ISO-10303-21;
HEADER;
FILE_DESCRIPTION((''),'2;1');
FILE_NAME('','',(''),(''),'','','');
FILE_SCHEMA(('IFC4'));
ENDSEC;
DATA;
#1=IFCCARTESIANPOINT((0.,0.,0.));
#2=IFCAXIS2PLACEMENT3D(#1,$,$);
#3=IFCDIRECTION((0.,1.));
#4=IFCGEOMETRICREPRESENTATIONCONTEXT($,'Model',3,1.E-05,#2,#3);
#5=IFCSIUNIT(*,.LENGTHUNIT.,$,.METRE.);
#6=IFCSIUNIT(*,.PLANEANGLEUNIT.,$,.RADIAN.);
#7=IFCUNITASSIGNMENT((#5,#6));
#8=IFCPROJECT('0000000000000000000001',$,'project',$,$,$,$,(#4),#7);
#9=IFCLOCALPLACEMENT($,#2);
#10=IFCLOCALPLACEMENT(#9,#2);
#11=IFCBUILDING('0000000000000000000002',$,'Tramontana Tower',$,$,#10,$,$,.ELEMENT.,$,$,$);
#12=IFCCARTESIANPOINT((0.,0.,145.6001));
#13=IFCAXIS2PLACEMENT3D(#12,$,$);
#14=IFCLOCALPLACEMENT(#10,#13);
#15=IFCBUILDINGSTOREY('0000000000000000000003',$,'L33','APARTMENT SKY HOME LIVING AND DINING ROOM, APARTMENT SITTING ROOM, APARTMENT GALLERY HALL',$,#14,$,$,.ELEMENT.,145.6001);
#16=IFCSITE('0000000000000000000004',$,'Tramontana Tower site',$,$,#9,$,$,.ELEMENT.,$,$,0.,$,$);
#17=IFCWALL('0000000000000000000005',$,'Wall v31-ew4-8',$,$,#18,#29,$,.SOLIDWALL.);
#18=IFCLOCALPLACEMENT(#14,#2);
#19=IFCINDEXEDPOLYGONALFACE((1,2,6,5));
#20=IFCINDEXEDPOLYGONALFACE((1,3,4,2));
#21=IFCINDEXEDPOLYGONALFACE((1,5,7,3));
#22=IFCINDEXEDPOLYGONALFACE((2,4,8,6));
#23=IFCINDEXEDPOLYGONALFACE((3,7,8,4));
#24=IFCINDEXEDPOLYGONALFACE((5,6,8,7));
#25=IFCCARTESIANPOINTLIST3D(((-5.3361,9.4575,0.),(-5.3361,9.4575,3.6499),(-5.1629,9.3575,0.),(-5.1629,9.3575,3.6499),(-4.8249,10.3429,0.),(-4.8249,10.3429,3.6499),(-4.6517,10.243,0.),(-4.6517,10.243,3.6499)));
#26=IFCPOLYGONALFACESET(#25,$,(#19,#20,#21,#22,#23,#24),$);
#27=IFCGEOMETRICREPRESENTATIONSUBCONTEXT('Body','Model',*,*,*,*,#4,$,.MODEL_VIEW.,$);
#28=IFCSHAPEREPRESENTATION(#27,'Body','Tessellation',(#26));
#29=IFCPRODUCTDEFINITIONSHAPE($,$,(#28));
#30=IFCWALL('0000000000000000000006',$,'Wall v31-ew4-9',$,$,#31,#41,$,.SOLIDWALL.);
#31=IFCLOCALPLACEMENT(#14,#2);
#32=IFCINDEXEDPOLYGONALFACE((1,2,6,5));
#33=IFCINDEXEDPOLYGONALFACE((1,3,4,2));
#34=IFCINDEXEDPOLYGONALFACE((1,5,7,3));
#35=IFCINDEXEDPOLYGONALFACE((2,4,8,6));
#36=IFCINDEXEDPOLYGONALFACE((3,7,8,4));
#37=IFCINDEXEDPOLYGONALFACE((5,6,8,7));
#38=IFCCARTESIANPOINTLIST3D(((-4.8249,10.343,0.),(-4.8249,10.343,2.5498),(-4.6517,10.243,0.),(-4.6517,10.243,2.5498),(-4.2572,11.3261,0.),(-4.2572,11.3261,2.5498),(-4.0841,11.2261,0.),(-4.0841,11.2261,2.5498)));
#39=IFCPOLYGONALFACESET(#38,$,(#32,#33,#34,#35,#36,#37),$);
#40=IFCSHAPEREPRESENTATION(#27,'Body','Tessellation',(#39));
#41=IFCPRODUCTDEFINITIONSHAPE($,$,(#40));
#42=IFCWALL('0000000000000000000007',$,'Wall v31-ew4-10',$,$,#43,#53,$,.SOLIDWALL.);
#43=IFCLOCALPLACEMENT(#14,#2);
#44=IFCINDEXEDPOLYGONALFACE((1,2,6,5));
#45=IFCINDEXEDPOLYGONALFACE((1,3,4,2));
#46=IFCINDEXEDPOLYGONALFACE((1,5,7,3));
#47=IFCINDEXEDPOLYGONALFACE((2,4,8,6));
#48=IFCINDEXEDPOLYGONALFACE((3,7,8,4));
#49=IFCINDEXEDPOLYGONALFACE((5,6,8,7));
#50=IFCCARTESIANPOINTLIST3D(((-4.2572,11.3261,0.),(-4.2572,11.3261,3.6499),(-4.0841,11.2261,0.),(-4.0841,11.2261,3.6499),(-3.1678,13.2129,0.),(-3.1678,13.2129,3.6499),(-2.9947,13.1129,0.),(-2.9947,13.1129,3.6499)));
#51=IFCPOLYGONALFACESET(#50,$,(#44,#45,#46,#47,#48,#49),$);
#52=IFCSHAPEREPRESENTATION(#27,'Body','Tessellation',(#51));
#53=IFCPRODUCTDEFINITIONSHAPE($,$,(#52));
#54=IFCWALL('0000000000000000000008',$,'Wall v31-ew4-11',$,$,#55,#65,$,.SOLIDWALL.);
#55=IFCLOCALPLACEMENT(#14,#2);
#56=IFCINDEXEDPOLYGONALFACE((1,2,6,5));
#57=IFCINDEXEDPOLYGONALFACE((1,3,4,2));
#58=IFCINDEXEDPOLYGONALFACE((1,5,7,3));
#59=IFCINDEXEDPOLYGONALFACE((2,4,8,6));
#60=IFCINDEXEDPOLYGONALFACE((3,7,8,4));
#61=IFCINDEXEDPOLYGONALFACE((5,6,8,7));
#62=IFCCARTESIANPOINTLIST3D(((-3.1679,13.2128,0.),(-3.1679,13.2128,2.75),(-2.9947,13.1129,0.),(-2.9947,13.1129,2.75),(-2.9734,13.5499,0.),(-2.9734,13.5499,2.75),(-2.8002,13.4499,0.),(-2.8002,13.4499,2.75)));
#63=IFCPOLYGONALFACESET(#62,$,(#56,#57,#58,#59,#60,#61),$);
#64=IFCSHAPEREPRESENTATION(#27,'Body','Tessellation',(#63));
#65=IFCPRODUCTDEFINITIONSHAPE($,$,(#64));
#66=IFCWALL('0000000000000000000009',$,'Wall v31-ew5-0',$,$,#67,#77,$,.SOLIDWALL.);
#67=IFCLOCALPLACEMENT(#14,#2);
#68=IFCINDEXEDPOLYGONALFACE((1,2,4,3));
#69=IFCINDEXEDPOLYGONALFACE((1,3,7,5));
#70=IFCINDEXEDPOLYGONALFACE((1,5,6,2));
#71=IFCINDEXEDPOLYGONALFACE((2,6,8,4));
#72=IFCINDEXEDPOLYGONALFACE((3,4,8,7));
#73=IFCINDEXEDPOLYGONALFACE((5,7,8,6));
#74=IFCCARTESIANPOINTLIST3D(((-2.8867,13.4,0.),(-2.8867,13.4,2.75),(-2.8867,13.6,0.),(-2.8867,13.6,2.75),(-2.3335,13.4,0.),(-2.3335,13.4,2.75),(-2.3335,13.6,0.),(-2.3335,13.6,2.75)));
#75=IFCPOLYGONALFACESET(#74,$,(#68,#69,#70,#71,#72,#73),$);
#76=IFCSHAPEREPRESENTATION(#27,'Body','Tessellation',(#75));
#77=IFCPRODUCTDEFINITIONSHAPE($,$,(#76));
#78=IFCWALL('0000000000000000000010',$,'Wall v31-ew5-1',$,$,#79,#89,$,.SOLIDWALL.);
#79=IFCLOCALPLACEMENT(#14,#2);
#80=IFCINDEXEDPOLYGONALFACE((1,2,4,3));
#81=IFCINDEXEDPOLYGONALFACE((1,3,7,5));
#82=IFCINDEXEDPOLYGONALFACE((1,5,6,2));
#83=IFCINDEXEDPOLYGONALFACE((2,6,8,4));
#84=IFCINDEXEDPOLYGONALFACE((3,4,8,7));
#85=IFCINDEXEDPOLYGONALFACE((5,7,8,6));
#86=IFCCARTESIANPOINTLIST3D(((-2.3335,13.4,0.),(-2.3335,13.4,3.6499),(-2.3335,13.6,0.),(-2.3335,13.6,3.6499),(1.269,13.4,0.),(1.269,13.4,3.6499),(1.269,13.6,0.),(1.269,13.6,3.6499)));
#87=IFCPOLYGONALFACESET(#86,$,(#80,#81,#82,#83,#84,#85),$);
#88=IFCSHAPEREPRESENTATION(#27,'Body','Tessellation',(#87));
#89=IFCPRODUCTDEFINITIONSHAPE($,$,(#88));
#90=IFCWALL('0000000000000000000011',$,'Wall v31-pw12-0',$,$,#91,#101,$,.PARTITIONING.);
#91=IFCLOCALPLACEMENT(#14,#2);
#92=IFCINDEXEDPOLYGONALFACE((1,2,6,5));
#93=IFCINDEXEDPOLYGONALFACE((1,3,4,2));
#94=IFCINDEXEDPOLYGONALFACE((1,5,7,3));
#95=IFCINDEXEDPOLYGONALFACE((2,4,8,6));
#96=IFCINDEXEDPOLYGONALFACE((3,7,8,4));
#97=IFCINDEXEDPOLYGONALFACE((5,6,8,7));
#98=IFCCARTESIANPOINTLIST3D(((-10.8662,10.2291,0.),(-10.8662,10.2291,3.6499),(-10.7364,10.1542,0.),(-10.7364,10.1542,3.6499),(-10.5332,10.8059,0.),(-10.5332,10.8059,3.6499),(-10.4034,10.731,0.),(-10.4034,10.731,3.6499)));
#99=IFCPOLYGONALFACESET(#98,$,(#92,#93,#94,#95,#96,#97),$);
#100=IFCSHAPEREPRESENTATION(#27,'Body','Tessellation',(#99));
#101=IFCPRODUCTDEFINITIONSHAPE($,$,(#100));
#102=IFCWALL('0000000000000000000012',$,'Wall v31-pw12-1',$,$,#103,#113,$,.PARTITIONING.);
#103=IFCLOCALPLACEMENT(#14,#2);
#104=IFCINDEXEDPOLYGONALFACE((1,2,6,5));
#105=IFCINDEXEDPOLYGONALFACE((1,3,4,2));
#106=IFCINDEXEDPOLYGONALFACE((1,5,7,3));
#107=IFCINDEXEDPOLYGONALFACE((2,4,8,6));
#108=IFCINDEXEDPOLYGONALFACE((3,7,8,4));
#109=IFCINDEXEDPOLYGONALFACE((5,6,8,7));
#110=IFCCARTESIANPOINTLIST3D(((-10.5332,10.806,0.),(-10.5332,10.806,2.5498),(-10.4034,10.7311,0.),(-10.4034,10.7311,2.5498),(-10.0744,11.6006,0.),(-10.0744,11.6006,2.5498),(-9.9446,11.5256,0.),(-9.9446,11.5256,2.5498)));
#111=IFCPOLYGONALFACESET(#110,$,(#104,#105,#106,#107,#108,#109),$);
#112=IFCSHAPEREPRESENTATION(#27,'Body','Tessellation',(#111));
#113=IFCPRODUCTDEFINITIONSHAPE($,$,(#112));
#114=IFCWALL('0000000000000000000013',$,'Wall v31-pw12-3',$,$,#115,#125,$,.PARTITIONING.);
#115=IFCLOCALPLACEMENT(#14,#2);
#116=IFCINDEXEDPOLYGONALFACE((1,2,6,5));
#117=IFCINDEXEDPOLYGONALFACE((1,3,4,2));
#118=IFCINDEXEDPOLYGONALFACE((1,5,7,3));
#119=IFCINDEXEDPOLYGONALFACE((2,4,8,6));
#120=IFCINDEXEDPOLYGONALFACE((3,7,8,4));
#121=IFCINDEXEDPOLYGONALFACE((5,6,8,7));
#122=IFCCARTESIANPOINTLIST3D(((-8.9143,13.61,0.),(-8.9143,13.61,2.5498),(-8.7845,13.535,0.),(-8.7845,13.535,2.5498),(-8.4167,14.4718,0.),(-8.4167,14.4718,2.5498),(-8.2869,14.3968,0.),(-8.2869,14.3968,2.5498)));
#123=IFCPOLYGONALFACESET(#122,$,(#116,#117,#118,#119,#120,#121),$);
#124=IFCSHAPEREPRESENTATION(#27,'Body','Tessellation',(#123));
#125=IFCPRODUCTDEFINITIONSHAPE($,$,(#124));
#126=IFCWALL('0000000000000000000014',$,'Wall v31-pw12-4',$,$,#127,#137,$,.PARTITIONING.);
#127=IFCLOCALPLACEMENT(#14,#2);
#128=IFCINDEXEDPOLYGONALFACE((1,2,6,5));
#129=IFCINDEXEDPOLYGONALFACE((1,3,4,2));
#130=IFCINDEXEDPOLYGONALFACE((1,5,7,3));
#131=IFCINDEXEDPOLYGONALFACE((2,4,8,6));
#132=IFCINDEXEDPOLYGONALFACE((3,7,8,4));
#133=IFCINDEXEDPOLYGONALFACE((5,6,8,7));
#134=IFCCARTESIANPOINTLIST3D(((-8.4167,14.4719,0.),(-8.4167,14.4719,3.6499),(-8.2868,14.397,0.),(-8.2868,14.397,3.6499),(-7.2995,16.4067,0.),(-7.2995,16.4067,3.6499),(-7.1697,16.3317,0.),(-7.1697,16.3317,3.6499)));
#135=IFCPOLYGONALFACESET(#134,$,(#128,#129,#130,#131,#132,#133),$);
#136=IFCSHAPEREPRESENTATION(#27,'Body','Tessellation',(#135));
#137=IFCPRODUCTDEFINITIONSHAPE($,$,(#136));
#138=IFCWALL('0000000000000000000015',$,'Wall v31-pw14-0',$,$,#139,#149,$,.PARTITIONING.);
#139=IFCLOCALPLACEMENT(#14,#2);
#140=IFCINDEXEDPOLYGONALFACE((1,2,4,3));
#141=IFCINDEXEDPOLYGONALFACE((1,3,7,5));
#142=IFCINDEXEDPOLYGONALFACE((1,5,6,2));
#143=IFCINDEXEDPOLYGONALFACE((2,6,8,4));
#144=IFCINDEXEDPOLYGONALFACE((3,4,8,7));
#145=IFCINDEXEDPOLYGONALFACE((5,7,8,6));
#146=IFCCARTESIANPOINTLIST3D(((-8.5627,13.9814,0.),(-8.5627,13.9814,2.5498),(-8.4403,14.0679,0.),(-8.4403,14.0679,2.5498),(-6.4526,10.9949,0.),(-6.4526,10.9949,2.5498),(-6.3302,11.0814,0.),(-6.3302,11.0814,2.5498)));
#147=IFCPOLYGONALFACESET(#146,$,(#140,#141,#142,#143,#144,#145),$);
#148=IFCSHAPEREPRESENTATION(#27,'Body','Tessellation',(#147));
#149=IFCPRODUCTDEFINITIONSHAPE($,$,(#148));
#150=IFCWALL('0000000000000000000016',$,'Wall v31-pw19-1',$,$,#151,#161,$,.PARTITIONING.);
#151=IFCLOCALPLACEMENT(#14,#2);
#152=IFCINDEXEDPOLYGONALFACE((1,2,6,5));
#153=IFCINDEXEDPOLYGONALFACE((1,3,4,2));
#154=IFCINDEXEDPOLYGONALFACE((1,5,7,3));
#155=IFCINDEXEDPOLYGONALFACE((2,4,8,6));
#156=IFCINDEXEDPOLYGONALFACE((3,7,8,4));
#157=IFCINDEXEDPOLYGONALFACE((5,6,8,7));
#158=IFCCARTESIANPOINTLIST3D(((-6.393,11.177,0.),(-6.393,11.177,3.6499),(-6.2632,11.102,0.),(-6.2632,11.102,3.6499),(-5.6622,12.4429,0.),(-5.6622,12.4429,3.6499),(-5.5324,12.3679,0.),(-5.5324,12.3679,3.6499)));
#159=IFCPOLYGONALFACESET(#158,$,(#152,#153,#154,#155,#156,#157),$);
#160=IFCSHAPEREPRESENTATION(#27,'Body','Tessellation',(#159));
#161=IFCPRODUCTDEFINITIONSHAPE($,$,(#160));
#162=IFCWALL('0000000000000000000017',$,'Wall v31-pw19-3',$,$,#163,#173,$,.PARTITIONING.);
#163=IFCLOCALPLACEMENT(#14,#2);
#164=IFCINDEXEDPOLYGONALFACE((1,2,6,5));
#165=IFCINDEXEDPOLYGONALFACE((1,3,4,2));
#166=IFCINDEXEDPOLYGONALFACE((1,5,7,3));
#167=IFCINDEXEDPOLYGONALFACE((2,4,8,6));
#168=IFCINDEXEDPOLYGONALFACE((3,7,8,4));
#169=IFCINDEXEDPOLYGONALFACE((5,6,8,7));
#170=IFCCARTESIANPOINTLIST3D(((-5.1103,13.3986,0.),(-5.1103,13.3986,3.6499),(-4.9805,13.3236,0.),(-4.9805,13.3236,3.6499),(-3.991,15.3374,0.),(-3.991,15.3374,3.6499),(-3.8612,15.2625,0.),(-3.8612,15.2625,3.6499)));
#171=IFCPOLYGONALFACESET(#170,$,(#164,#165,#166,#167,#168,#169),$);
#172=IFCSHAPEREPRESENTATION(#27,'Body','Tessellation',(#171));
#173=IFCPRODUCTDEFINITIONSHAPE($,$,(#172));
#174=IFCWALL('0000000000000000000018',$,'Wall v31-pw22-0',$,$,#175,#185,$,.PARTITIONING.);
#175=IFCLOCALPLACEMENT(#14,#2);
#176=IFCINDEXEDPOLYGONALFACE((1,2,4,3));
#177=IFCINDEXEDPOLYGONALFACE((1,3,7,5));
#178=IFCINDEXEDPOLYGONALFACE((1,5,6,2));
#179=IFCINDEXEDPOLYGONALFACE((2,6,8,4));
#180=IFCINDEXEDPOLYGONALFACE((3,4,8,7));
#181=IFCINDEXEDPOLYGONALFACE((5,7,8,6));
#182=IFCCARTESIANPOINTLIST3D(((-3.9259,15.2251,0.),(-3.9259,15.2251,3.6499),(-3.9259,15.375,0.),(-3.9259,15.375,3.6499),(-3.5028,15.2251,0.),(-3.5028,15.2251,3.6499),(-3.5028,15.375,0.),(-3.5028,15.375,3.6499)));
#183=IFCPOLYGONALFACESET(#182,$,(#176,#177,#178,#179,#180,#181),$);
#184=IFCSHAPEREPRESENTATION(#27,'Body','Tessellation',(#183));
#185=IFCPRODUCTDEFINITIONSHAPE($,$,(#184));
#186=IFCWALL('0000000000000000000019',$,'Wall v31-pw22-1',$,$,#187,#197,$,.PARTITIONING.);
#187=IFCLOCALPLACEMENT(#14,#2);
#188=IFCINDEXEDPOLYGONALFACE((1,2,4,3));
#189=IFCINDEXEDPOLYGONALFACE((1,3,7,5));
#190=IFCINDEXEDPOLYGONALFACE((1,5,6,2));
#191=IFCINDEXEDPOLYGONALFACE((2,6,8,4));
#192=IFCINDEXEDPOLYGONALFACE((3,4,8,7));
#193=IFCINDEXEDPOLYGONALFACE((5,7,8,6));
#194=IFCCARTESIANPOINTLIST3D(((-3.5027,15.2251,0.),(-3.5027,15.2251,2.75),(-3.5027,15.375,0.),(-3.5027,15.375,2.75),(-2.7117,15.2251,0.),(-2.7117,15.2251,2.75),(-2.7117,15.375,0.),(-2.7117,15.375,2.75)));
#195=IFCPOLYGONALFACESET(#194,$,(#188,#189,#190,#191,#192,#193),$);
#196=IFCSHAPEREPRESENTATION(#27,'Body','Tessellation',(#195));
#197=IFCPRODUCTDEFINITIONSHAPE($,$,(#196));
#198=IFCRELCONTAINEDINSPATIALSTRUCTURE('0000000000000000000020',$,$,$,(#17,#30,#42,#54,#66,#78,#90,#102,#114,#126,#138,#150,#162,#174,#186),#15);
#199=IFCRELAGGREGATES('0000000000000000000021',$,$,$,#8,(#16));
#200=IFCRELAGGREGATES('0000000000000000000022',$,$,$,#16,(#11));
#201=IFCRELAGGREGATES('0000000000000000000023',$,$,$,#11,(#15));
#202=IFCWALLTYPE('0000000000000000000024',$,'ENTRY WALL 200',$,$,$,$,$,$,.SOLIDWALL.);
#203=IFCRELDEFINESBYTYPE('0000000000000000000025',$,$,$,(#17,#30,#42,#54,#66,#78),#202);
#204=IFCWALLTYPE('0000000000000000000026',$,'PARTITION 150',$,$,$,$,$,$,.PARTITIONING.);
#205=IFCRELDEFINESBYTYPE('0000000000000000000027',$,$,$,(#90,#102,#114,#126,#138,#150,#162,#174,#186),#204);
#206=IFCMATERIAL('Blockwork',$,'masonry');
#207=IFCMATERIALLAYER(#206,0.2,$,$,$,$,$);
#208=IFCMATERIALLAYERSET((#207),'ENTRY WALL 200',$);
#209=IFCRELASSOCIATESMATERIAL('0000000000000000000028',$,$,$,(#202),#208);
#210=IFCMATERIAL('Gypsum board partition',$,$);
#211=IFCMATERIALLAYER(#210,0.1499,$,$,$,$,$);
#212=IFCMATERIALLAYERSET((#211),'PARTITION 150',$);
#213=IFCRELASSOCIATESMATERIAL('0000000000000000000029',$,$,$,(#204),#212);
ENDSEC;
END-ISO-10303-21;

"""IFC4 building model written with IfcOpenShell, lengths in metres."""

from ifc_helpers import new_model, si_unit, direction, frame, frame_2d, origin, place, context, subcontext, project, spatial, rectangle, extrude, material, layer, layer_set, type_object, element, save


model = new_model("IFC4")

# Units and contexts
model_context = context("Model", 3, precision=1e-05, world=origin(), true_north=direction((0.0, 1.0)))
body_context = subcontext(model_context, "Body", "Model", "MODEL_VIEW")
ifc_project = project(units=[si_unit("LENGTHUNIT", "METRE"), si_unit("PLANEANGLEUNIT", "RADIAN")], contexts=[model_context])

# Site, building, storey
site_placement = place(None, origin())
site = spatial("IfcSite", under=ifc_project, at=site_placement, Name="Tramontana Tower site", CompositionType="ELEMENT", RefElevation=0.0)
building_placement = place(site_placement, origin())
building = spatial("IfcBuilding", under=site, at=building_placement, Name="Tramontana Tower", CompositionType="ELEMENT")
storey_placement = place(building_placement, frame((0.0, 0.0, 145.6001)))
storey = spatial("IfcBuildingStorey", under=building, at=storey_placement, Name="L33", Description="APARTMENT SKY HOME LIVING AND DINING ROOM, APARTMENT SITTING ROOM, APARTMENT GALLERY HALL", CompositionType="ELEMENT", Elevation=145.6001)

# Walls
ifc_material_1 = material(Name="Blockwork", Category="masonry")
ifc_layer_1 = layer(ifc_material_1, 0.2)
ifc_layer_set_1 = layer_set([ifc_layer_1], Name="ENTRY WALL 200")
wall_type_1 = type_object("IfcWallType", Name="ENTRY WALL 200", PredefinedType="SOLIDWALL", material=ifc_layer_set_1)
wall_1_placement = place(storey_placement, frame((-5.2495, 9.4075, 0.0), z_axis=(0.0, 0.0, 1.0), x_axis=(0.499991, 0.866031, 0.0)))
element("IfcWall", 1, at=wall_1_placement, inside=storey, type_object=wall_type_1, Name="Wall v31-ew4-8", PredefinedType="SOLIDWALL", context=body_context, shape_type="SweptSolid", body=[
    extrude(rectangle(XDim=1.0225, YDim=0.2, at=frame_2d((0.5112, 0.0))), origin(), (0.0, 0.0, 1.0), 3.6499),
])
wall_2_placement = place(storey_placement, frame((-4.7383, 10.293, 0.0), z_axis=(0.0, 0.0, 1.0), x_axis=(0.500002, 0.866024, 0.0)))
element("IfcWall", 2, at=wall_2_placement, inside=storey, type_object=wall_type_1, Name="Wall v31-ew4-9", PredefinedType="SOLIDWALL", context=body_context, shape_type="SweptSolid", body=[
    extrude(rectangle(XDim=1.1353, YDim=0.2, at=frame_2d((0.5676, 0.0))), origin(), (0.0, 0.0, 1.0), 2.5498),
])
wall_3_placement = place(storey_placement, frame((-4.1707, 11.2761, 0.0), z_axis=(0.0, 0.0, 1.0), x_axis=(0.50002, 0.866014, 0.0)))
element("IfcWall", 3, at=wall_3_placement, inside=storey, type_object=wall_type_1, Name="Wall v31-ew4-10", PredefinedType="SOLIDWALL", context=body_context, shape_type="SweptSolid", body=[
    extrude(rectangle(XDim=2.1787, YDim=0.2, at=frame_2d((1.0894, 0.0))), origin(), (0.0, 0.0, 1.0), 3.6499),
])
wall_4_placement = place(storey_placement, frame((-3.0813, 13.1628, 0.0), z_axis=(0.0, 0.0, 1.0), x_axis=(0.499849, 0.866112, 0.0)))
element("IfcWall", 4, at=wall_4_placement, inside=storey, type_object=wall_type_1, Name="Wall v31-ew4-11", PredefinedType="SOLIDWALL", context=body_context, shape_type="SweptSolid", body=[
    extrude(rectangle(XDim=0.3892, YDim=0.2, at=frame_2d((0.1946, 0.0))), origin(), (0.0, 0.0, 1.0), 2.75),
])
wall_5_placement = place(storey_placement, frame((-2.8867, 13.5, 0.0), z_axis=(0.0, 0.0, 1.0), x_axis=(1.0, 0.0, 0.0)))
element("IfcWall", 5, at=wall_5_placement, inside=storey, type_object=wall_type_1, Name="Wall v31-ew5-0", PredefinedType="SOLIDWALL", context=body_context, shape_type="SweptSolid", body=[
    extrude(rectangle(XDim=0.5532, YDim=0.2, at=frame_2d((0.2766, 0.0))), origin(), (0.0, 0.0, 1.0), 2.75),
])
wall_6_placement = place(storey_placement, frame((-2.3335, 13.5, 0.0), z_axis=(0.0, 0.0, 1.0), x_axis=(1.0, 0.0, 0.0)))
element("IfcWall", 6, at=wall_6_placement, inside=storey, type_object=wall_type_1, Name="Wall v31-ew5-1", PredefinedType="SOLIDWALL", context=body_context, shape_type="SweptSolid", body=[
    extrude(rectangle(XDim=3.6025, YDim=0.2, at=frame_2d((1.8013, 0.0))), origin(), (0.0, 0.0, 1.0), 3.6499),
])
ifc_material_2 = material(Name="Gypsum board partition")
ifc_layer_2 = layer(ifc_material_2, 0.1499)
ifc_layer_set_2 = layer_set([ifc_layer_2], Name="PARTITION 150")
wall_type_2 = type_object("IfcWallType", Name="PARTITION 150", PredefinedType="PARTITIONING", material=ifc_layer_set_2)
wall_7_placement = place(storey_placement, frame((-10.8013, 10.1917, 0.0), z_axis=(0.0, 0.0, 1.0), x_axis=(0.499923, 0.86607, 0.0)))
element("IfcWall", 7, at=wall_7_placement, inside=storey, type_object=wall_type_2, Name="Wall v31-pw12-0", PredefinedType="PARTITIONING", context=body_context, shape_type="SweptSolid", body=[
    extrude(rectangle(XDim=0.666, YDim=0.1499, at=frame_2d((0.333, 0.0))), origin(), (0.0, 0.0, 1.0), 3.6499),
])
wall_8_placement = place(storey_placement, frame((-10.4683, 10.7686, 0.0), z_axis=(0.0, 0.0, 1.0), x_axis=(0.50006, 0.865991, 0.0)))
element("IfcWall", 8, at=wall_8_placement, inside=storey, type_object=wall_type_2, Name="Wall v31-pw12-1", PredefinedType="PARTITIONING", context=body_context, shape_type="SweptSolid", body=[
    extrude(rectangle(XDim=0.9175, YDim=0.1499, at=frame_2d((0.4587, 0.0))), origin(), (0.0, 0.0, 1.0), 2.5498),
])

# Walls
wall_9_placement = place(storey_placement, frame((-8.8494, 13.5725, 0.0), z_axis=(0.0, 0.0, 1.0), x_axis=(0.499991, 0.86603, 0.0)))
element("IfcWall", 9, at=wall_9_placement, inside=storey, type_object=wall_type_2, Name="Wall v31-pw12-3", PredefinedType="PARTITIONING", context=body_context, shape_type="SweptSolid", body=[
    extrude(rectangle(XDim=0.9951, YDim=0.1499, at=frame_2d((0.4976, 0.0))), origin(), (0.0, 0.0, 1.0), 2.5498),
])
wall_10_placement = place(storey_placement, frame((-8.3518, 14.4343, 0.0), z_axis=(0.0, 0.0, 1.0), x_axis=(0.500041, 0.866002, 0.0)))
element("IfcWall", 10, at=wall_10_placement, inside=storey, type_object=wall_type_2, Name="Wall v31-pw12-4", PredefinedType="PARTITIONING", context=body_context, shape_type="SweptSolid", body=[
    extrude(rectangle(XDim=2.2341, YDim=0.1499, at=frame_2d((1.1172, 0.0))), origin(), (0.0, 0.0, 1.0), 3.6499),
])
wall_11_placement = place(storey_placement, frame((-8.5015, 14.0247, 0.0), z_axis=(0.0, 0.0, 1.0), x_axis=(0.577037, -0.816718, 0.0)))
element("IfcWall", 11, at=wall_11_placement, inside=storey, type_object=wall_type_2, Name="Wall v31-pw14-0", PredefinedType="PARTITIONING", context=body_context, shape_type="SweptSolid", body=[
    extrude(rectangle(XDim=3.6567, YDim=0.1499, at=frame_2d((1.8284, 0.0))), origin(), (0.0, 0.0, 1.0), 2.5498),
])

# Wall
wall_12_placement = place(storey_placement, frame((-6.3281, 11.1394, 0.0), z_axis=(0.0, 0.0, 1.0), x_axis=(0.49993, 0.866066, 0.0)))
element("IfcWall", 12, at=wall_12_placement, inside=storey, type_object=wall_type_2, Name="Wall v31-pw19-1", PredefinedType="PARTITIONING", context=body_context, shape_type="SweptSolid", body=[
    extrude(rectangle(XDim=1.4617, YDim=0.1499, at=frame_2d((0.731, 0.0))), origin(), (0.0, 0.0, 1.0), 3.6499),
])

# Walls
wall_13_placement = place(storey_placement, frame((-5.0454, 13.3611, 0.0), z_axis=(0.0, 0.0, 1.0), x_axis=(0.499974, 0.86604, 0.0)))
element("IfcWall", 13, at=wall_13_placement, inside=storey, type_object=wall_type_2, Name="Wall v31-pw19-3", PredefinedType="PARTITIONING", context=body_context, shape_type="SweptSolid", body=[
    extrude(rectangle(XDim=2.2388, YDim=0.1499, at=frame_2d((1.1194, 0.0))), origin(), (0.0, 0.0, 1.0), 3.6499),
])
wall_14_placement = place(storey_placement, frame((-3.9258, 15.3, 0.0), z_axis=(0.0, 0.0, 1.0), x_axis=(1.0, 0.0, 0.0)))
element("IfcWall", 14, at=wall_14_placement, inside=storey, type_object=wall_type_2, Name="Wall v31-pw22-0", PredefinedType="PARTITIONING", context=body_context, shape_type="SweptSolid", body=[
    extrude(rectangle(XDim=0.4231, YDim=0.1499, at=frame_2d((0.2114, 0.0))), origin(), (0.0, 0.0, 1.0), 3.6499),
])
wall_15_placement = place(storey_placement, frame((-3.5027, 15.3, 0.0), z_axis=(0.0, 0.0, 1.0), x_axis=(1.0, 0.0, 0.0)))
element("IfcWall", 15, at=wall_15_placement, inside=storey, type_object=wall_type_2, Name="Wall v31-pw22-1", PredefinedType="PARTITIONING", context=body_context, shape_type="SweptSolid", body=[
    extrude(rectangle(XDim=0.791, YDim=0.1499, at=frame_2d((0.3955, 0.0))), origin(), (0.0, 0.0, 1.0), 2.75),
])

save(model, "model.ifc")
